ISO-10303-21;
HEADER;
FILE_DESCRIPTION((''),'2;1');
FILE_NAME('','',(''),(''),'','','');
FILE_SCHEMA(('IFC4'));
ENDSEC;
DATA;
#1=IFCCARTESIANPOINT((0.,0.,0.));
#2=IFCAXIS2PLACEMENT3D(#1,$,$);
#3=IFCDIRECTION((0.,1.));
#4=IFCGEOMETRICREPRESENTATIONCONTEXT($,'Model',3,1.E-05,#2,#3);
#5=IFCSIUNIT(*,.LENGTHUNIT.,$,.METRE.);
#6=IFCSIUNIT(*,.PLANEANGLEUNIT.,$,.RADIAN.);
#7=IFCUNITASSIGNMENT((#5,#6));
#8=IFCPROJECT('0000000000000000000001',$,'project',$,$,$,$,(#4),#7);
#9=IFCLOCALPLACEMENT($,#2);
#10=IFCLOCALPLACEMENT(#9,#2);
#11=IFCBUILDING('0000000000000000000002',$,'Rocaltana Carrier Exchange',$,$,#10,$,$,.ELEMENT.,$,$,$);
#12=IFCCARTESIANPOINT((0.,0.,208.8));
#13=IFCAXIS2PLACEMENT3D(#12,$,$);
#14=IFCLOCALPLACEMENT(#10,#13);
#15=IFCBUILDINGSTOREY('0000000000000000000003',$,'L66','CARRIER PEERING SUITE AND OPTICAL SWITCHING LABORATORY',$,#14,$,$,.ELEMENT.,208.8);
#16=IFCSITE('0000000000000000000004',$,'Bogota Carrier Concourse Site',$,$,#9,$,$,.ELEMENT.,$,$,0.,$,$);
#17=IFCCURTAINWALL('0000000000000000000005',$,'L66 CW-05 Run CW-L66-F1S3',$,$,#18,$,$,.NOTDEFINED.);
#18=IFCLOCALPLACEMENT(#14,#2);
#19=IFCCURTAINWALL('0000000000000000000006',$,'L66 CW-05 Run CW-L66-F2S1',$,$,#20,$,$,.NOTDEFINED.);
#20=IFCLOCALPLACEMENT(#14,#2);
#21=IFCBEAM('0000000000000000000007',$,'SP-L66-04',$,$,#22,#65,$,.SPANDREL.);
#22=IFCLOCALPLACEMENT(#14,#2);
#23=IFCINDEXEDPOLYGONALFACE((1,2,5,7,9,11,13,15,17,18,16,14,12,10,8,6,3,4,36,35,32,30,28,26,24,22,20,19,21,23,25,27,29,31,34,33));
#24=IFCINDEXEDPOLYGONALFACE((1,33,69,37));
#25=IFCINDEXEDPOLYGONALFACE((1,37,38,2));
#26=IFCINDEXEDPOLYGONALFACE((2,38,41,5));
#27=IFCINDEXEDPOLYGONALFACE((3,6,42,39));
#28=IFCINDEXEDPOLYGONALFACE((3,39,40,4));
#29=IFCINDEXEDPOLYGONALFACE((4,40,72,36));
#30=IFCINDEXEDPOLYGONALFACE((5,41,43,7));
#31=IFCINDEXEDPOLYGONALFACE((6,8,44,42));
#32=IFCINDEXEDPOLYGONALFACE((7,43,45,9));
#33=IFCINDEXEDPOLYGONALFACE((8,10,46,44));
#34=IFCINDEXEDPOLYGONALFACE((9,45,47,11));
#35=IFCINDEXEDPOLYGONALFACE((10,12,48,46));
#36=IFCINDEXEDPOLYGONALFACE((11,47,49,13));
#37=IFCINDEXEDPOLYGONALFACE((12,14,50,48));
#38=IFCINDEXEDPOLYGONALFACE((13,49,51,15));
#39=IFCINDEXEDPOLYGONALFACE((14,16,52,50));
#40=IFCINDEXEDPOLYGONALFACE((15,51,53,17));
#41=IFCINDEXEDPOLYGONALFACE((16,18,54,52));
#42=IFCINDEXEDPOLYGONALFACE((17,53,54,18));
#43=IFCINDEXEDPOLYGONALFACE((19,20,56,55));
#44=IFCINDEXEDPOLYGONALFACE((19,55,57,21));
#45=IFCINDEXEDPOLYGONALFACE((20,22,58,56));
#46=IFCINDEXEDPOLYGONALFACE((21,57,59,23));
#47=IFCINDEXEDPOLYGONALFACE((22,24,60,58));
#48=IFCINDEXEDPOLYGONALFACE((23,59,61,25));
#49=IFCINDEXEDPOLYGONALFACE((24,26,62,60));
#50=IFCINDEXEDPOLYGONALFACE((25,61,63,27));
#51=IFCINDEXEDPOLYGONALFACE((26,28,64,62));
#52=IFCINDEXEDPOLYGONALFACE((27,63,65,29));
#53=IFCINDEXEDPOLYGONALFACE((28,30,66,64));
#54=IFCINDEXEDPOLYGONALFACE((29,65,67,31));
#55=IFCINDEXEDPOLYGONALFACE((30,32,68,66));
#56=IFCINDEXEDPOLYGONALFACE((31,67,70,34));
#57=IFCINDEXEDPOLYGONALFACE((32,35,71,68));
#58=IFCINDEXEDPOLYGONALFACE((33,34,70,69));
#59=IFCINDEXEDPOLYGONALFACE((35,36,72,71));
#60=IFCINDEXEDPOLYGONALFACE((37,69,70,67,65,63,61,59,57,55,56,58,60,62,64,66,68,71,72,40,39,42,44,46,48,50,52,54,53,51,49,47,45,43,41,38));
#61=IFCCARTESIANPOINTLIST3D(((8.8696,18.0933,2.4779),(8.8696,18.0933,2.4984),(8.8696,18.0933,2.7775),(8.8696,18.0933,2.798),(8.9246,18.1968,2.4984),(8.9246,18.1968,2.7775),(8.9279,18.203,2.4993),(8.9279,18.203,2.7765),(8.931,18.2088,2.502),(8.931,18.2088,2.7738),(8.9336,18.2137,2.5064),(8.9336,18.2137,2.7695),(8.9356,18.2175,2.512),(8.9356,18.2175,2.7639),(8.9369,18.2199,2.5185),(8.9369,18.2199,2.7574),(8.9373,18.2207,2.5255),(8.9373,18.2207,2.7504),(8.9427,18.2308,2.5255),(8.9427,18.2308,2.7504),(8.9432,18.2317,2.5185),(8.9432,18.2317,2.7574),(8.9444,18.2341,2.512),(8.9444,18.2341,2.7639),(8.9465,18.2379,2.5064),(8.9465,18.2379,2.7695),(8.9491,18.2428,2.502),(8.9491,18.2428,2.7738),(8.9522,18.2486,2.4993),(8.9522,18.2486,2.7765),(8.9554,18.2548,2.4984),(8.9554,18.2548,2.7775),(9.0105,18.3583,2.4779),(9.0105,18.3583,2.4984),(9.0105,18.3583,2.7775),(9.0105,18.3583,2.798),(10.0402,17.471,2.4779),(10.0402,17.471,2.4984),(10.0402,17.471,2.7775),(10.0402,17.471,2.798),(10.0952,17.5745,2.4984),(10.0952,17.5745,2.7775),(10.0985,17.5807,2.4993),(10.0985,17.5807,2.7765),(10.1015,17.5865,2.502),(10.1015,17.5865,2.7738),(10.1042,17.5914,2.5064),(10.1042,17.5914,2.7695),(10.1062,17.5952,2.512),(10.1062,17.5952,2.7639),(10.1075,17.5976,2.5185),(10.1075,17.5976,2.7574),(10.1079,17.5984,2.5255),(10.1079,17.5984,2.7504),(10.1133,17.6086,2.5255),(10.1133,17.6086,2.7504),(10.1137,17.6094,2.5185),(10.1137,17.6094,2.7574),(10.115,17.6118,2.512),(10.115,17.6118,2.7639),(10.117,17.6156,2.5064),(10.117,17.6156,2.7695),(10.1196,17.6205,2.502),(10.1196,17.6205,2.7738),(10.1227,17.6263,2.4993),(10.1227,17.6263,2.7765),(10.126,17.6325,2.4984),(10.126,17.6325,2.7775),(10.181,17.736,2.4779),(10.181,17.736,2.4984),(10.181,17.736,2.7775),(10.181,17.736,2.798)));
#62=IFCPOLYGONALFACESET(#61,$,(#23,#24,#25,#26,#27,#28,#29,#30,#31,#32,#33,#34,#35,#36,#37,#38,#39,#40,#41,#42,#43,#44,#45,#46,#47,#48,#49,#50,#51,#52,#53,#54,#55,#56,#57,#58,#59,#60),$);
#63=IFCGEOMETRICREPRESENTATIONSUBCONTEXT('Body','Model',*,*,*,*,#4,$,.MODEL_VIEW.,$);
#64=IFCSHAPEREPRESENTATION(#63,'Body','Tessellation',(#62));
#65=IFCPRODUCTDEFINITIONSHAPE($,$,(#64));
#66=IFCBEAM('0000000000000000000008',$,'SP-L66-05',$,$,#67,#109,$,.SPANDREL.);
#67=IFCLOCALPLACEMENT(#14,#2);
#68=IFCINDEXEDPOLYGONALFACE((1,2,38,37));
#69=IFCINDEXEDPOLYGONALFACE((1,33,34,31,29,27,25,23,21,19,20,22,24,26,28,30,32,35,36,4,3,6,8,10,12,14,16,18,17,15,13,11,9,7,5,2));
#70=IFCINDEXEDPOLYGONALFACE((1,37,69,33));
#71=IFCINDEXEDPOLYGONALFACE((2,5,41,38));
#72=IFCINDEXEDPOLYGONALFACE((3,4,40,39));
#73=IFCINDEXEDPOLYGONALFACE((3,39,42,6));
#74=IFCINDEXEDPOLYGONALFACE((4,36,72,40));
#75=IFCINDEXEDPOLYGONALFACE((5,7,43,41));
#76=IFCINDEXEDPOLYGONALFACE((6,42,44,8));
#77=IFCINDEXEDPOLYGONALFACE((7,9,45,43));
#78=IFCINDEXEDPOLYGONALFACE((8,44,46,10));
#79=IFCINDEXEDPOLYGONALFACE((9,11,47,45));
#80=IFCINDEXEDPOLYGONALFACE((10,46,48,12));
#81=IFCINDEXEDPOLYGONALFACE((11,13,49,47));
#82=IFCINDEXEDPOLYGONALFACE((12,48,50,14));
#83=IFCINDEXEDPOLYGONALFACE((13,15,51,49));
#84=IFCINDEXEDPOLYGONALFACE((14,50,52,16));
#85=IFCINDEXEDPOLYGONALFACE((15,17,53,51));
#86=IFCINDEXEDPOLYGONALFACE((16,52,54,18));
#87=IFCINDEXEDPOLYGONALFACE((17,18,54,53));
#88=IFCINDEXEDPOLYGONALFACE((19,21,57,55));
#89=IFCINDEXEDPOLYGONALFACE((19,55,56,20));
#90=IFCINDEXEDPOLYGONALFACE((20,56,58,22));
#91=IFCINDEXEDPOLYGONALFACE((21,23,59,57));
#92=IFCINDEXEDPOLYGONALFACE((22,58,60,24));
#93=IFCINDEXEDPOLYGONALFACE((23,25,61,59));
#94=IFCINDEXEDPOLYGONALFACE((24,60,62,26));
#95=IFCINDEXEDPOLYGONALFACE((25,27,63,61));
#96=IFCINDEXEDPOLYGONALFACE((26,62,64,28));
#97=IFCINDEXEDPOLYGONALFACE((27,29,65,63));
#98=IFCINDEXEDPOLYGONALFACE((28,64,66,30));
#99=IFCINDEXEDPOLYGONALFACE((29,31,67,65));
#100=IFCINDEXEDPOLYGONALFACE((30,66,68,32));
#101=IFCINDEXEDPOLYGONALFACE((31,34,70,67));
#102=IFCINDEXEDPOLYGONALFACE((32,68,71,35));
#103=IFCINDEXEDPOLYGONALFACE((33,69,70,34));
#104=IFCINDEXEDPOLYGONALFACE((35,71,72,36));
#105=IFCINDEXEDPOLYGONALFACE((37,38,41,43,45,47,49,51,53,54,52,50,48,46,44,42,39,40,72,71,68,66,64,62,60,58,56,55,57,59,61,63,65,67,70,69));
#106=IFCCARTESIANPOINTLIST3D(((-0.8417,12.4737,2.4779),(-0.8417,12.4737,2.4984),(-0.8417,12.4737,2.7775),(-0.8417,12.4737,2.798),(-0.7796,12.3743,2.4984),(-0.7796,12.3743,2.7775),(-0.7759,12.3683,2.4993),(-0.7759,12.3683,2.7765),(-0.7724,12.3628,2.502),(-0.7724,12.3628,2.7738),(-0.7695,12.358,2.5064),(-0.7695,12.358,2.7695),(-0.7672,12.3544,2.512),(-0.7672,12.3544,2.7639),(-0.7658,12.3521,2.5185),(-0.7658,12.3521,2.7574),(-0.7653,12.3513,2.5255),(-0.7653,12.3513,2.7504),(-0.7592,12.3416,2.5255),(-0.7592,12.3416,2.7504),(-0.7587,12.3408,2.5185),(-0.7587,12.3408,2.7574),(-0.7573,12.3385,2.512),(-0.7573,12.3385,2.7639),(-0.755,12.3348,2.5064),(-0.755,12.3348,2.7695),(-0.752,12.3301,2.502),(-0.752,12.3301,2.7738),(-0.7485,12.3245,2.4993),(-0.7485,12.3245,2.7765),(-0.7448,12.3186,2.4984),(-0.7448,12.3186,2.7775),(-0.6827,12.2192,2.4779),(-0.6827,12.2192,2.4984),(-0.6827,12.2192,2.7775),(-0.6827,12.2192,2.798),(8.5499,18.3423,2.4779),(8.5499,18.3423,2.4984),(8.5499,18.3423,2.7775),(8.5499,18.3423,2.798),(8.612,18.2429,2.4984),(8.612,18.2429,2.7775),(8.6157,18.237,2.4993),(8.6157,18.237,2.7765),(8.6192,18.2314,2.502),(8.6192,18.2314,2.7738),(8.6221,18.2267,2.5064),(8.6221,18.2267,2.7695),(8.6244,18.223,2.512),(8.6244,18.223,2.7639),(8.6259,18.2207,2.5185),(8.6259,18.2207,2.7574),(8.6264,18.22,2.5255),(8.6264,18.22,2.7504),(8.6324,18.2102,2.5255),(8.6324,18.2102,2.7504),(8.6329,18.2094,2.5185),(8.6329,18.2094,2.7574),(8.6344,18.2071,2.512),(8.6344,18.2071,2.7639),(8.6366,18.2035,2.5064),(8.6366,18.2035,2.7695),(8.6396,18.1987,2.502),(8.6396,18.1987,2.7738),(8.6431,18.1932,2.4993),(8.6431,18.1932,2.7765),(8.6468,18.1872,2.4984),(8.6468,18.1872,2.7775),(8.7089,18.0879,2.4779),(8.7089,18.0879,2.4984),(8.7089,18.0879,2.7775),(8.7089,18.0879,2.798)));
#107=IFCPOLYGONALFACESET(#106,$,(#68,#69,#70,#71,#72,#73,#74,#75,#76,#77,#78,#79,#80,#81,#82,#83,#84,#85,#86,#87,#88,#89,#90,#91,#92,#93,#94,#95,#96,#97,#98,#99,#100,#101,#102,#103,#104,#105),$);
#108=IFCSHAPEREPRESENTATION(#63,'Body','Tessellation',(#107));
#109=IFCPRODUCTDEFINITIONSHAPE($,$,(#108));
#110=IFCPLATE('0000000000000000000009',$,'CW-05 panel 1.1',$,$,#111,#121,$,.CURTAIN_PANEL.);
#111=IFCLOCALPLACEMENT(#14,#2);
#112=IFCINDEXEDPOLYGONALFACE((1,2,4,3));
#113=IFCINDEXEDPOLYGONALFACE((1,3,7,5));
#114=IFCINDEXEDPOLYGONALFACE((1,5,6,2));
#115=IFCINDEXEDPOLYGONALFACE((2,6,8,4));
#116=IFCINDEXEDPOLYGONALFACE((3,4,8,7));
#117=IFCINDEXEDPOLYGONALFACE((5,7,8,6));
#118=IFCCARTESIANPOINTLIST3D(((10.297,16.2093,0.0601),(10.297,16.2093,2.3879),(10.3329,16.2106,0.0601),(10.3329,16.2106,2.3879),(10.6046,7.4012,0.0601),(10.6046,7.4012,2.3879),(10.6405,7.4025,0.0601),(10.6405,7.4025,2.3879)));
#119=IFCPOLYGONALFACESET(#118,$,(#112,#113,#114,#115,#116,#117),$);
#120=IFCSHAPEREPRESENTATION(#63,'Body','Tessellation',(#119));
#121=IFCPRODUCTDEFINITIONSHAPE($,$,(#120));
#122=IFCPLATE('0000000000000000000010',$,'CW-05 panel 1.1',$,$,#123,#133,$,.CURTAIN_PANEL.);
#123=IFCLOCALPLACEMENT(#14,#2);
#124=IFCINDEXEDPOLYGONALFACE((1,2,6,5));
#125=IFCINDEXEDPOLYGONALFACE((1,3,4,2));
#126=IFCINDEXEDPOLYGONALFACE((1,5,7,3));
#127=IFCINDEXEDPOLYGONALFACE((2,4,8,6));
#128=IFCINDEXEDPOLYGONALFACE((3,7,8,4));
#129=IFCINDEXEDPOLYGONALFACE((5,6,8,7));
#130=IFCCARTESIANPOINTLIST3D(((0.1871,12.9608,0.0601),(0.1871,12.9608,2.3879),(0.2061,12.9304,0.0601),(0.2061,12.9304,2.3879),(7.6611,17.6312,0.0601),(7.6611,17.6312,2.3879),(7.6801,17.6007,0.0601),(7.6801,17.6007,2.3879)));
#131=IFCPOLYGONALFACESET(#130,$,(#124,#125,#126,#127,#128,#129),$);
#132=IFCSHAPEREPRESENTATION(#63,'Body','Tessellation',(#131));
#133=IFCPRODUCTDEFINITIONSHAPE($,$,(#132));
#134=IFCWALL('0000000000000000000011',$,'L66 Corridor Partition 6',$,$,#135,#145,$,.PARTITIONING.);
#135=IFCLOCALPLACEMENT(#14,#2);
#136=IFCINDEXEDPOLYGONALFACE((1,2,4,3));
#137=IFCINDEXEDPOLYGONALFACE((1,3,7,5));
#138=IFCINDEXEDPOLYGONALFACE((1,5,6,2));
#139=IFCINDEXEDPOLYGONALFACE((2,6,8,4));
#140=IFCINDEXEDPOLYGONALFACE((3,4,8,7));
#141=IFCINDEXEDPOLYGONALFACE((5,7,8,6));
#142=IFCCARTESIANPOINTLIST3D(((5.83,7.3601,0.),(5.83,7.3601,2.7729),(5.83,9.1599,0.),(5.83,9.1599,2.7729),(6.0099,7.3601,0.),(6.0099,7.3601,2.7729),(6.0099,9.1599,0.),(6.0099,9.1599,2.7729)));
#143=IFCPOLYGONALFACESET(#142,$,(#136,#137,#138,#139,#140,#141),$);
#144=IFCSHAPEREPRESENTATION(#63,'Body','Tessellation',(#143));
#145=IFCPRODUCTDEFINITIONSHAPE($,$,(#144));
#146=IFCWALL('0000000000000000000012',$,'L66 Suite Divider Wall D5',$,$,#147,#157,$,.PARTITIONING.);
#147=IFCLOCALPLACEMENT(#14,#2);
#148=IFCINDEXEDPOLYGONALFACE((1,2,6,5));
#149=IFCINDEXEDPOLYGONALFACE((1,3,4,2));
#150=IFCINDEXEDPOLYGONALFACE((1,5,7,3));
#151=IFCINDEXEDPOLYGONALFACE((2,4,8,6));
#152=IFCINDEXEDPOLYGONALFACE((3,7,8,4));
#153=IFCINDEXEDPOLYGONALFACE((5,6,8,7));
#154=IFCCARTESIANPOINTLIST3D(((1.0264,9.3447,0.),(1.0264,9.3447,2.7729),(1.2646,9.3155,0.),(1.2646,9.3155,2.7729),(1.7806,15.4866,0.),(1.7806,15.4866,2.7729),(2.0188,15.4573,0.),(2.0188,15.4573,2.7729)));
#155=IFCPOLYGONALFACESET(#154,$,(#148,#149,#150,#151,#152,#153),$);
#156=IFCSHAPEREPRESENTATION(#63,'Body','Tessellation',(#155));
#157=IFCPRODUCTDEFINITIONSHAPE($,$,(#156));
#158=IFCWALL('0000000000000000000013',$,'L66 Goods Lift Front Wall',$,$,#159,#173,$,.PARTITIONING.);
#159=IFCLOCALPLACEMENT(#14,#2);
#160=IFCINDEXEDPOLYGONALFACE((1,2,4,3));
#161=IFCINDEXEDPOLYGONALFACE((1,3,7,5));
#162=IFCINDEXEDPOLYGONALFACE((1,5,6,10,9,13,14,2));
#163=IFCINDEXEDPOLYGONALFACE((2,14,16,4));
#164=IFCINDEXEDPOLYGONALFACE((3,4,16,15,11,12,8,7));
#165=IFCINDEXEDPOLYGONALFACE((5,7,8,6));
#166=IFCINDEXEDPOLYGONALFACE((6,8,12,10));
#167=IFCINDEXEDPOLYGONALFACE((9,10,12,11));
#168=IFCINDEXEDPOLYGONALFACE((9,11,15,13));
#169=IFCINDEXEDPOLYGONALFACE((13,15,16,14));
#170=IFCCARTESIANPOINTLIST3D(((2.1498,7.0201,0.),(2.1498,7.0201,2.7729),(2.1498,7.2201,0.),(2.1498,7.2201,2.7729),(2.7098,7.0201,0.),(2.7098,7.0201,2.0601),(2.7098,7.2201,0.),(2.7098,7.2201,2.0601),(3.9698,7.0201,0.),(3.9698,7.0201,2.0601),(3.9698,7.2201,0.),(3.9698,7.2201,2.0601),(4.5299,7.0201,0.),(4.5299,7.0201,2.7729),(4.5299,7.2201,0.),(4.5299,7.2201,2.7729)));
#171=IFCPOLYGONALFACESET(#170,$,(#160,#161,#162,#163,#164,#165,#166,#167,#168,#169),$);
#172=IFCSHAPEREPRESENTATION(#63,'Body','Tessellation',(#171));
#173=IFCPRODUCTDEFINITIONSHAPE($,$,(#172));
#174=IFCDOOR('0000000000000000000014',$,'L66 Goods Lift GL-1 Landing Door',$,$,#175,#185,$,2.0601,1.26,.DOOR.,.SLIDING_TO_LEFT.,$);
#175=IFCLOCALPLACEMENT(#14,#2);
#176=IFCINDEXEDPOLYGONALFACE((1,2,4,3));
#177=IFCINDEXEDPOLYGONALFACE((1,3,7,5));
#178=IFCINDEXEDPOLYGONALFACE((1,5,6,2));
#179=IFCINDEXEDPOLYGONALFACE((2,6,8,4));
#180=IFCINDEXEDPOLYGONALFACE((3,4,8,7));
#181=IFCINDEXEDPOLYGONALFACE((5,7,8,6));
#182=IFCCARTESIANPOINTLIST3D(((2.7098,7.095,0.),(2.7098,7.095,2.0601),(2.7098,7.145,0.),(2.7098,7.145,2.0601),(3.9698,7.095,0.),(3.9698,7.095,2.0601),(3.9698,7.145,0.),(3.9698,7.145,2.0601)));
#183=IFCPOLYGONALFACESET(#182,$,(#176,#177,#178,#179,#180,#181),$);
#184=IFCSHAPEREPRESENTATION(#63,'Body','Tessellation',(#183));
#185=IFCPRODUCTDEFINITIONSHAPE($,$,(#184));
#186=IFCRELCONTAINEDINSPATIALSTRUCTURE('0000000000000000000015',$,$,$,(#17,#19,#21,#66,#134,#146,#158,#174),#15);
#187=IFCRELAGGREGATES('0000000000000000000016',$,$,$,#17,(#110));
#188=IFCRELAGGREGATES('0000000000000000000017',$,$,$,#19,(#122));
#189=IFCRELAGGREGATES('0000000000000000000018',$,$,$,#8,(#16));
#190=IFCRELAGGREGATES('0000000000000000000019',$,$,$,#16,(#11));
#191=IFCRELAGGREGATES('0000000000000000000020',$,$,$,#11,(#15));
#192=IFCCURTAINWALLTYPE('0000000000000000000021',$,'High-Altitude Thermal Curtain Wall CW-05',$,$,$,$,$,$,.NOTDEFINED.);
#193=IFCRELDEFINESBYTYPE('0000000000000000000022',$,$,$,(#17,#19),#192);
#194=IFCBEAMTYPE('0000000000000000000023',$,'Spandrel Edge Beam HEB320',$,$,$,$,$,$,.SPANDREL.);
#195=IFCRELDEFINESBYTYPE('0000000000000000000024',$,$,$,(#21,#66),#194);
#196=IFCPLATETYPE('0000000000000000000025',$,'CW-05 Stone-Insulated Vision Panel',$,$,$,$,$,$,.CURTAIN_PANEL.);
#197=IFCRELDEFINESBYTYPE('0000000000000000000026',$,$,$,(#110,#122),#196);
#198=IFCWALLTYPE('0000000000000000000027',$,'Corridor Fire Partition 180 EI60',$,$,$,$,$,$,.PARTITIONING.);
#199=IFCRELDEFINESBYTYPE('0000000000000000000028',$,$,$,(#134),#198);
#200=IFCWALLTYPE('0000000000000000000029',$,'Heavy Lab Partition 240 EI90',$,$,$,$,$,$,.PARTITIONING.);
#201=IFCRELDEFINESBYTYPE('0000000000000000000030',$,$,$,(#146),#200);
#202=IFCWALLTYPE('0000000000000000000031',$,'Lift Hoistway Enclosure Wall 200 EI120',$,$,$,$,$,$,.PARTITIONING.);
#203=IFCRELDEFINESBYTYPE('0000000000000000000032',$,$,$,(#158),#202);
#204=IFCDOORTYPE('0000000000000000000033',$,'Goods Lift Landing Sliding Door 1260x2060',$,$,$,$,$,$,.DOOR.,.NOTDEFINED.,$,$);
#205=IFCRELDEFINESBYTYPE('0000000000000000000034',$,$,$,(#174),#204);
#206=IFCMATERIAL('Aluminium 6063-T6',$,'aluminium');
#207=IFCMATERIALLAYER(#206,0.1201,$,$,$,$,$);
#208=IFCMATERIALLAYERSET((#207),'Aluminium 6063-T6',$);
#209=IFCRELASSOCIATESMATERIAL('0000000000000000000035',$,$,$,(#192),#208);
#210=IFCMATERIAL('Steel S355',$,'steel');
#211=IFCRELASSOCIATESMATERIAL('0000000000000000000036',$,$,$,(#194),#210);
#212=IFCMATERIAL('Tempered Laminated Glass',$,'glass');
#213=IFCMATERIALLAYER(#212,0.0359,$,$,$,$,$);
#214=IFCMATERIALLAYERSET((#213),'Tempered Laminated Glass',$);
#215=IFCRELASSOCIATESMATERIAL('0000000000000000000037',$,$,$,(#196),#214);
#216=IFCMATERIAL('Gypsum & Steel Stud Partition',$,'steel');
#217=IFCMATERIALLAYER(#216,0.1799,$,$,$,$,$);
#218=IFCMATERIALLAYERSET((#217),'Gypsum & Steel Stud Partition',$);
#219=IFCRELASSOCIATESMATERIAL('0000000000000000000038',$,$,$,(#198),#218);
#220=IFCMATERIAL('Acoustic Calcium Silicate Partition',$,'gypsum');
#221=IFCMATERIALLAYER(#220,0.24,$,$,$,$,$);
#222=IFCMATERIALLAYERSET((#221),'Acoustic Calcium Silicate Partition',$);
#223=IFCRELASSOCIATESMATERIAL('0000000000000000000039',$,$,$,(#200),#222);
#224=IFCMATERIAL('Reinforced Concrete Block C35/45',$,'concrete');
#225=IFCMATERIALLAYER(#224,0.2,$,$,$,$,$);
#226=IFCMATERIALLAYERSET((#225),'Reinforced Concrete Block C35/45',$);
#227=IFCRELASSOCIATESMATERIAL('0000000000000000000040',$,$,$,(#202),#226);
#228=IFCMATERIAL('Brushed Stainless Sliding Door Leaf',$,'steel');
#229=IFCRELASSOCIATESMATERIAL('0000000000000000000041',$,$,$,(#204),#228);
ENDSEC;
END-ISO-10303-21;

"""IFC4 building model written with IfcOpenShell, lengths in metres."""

from ifc_helpers import new_model, si_unit, direction, frame, frame_2d, origin, origin_2d, place, context, subcontext, project, spatial, rectangle, i_section, extrude, material, layer, layer_set, material_profile, profile_set, type_object, element, fill, aggregate, save


model = new_model("IFC4")

# Units and contexts
model_context = context("Model", 3, precision=1e-05, world=origin(), true_north=direction((0.0, 1.0)))
body_context = subcontext(model_context, "Body", "Model", "MODEL_VIEW")
ifc_project = project(units=[si_unit("LENGTHUNIT", "METRE"), si_unit("PLANEANGLEUNIT", "RADIAN")], contexts=[model_context])

# Site, building, storey
site_placement = place(None, origin())
site = spatial("IfcSite", under=ifc_project, at=site_placement, Name="Bogota Carrier Concourse Site", CompositionType="ELEMENT", RefElevation=0.0)
building_placement = place(site_placement, origin())
building = spatial("IfcBuilding", under=site, at=building_placement, Name="Rocaltana Carrier Exchange", CompositionType="ELEMENT")
storey_placement = place(building_placement, frame((0.0, 0.0, 208.8)))
storey = spatial("IfcBuildingStorey", under=building, at=storey_placement, Name="L66", Description="CARRIER PEERING SUITE AND OPTICAL SWITCHING LABORATORY", CompositionType="ELEMENT", Elevation=208.8)

# Curtain walls
ifc_material_1 = material(Name="Aluminium 6063-T6", Category="aluminium")
ifc_layer_1 = layer(ifc_material_1, 0.1201)
ifc_layer_set_1 = layer_set([ifc_layer_1], Name="Aluminium 6063-T6")
curtain_wall_type = type_object("IfcCurtainWallType", Name="High-Altitude Thermal Curtain Wall CW-05", PredefinedType="NOTDEFINED", material=ifc_layer_set_1)
curtain_wall_1_placement = place(storey_placement, origin())
curtain_wall_1 = element("IfcCurtainWall", 1, at=curtain_wall_1_placement, inside=storey, type_object=curtain_wall_type, Name="L66 CW-05 Run CW-L66-F1S3", PredefinedType="NOTDEFINED")
curtain_wall_2_placement = place(storey_placement, origin())
curtain_wall_2 = element("IfcCurtainWall", 2, at=curtain_wall_2_placement, inside=storey, type_object=curtain_wall_type, Name="L66 CW-05 Run CW-L66-F2S1", PredefinedType="NOTDEFINED")

# Beams
ifc_material_2 = material(Name="Steel S355", Category="steel")
ifc_material_profile_1 = material_profile(ifc_material_2, i_section(OverallWidth=0.3, OverallDepth=0.3201, WebThickness=0.0115, FlangeThickness=0.0205, FilletRadius=0.0271, at=origin_2d()), Name="HEB320")
ifc_profile_set_1 = profile_set([ifc_material_profile_1], Name="Steel S355")
beam_type_1 = type_object("IfcBeamType", Name="Spandrel Edge Beam HEB320", PredefinedType="SPANDREL", material=ifc_profile_set_1)
beam_1_placement = place(storey_placement, frame((10.1106, 17.6035, 2.6379), z_axis=(-0.882989, 0.469393, 0.0), x_axis=(-0.469393, -0.882989, 0.0)))
element("IfcBeam", 3, at=beam_1_placement, inside=storey, type_object=beam_type_1, Name="SP-L66-04", PredefinedType="SPANDREL", context=body_context, shape_type="SweptSolid", body=[
    extrude(i_section(OverallWidth=0.3, OverallDepth=0.3201, WebThickness=0.0115, FlangeThickness=0.0205, FilletRadius=0.0271, at=origin_2d()), origin(), (0.0, 0.0, 1.0), 1.3257),
])
beam_2_placement = place(storey_placement, frame((8.6294, 18.2151, 2.6379), z_axis=(-0.848043, -0.529928, 0.0), x_axis=(0.529928, -0.848043, 0.0)))
element("IfcBeam", 4, at=beam_2_placement, inside=storey, type_object=beam_type_1, Name="SP-L66-05", PredefinedType="SPANDREL", context=body_context, shape_type="SweptSolid", body=[
    extrude(i_section(OverallWidth=0.3, OverallDepth=0.3201, WebThickness=0.0115, FlangeThickness=0.0205, FilletRadius=0.0271, at=origin_2d()), origin(), (0.0, 0.0, 1.0), 11.0745),
])

# Plates
ifc_material_3 = material(Name="Tempered Laminated Glass", Category="glass")
ifc_layer_2 = layer(ifc_material_3, 0.0359)
ifc_layer_set_2 = layer_set([ifc_layer_2], Name="Tempered Laminated Glass")
plate_type = type_object("IfcPlateType", Name="CW-05 Stone-Insulated Vision Panel", PredefinedType="CURTAIN_PANEL", material=ifc_layer_set_2)
plate_1_placement = place(storey_placement, frame((10.4688, 11.8059, 0.0601), z_axis=(0.0, 0.0, 1.0), x_axis=(-0.034903, 0.999391, 0.0)))
plate_1 = element("IfcPlate", 5, at=plate_1_placement, type_object=plate_type, Name="CW-05 panel 1.1", PredefinedType="CURTAIN_PANEL", context=body_context, shape_type="SweptSolid", body=[
    extrude(rectangle(XDim=8.8135, YDim=0.0359, at=origin_2d()), origin(), (0.0, 0.0, 1.0), 2.3279),
])
aggregate(curtain_wall_1, [plate_1])
plate_2_placement = place(storey_placement, frame((3.9336, 15.2808, 0.0601), z_axis=(0.0, 0.0, 1.0), x_axis=(-0.848042, -0.529929, 0.0)))
plate_2 = element("IfcPlate", 6, at=plate_2_placement, type_object=plate_type, Name="CW-05 panel 1.1", PredefinedType="CURTAIN_PANEL", context=body_context, shape_type="SweptSolid", body=[
    extrude(rectangle(XDim=8.8132, YDim=0.0359, at=origin_2d()), origin(), (0.0, 0.0, 1.0), 2.3279),
])
aggregate(curtain_wall_2, [plate_2])

# Walls
ifc_material_4 = material(Name="Gypsum & Steel Stud Partition", Category="steel")
ifc_layer_3 = layer(ifc_material_4, 0.1799)
ifc_layer_set_3 = layer_set([ifc_layer_3], Name="Gypsum & Steel Stud Partition")
wall_type_1 = type_object("IfcWallType", Name="Corridor Fire Partition 180 EI60", PredefinedType="PARTITIONING", material=ifc_layer_set_3)
wall_1_placement = place(storey_placement, frame((5.9199, 9.1599, 0.0), z_axis=(0.0, 0.0, 1.0), x_axis=(0.0, -1.0, 0.0)))
element("IfcWall", 7, at=wall_1_placement, inside=storey, type_object=wall_type_1, Name="L66 Corridor Partition 6", PredefinedType="PARTITIONING", context=body_context, shape_type="SweptSolid", body=[
    extrude(rectangle(XDim=1.7998, YDim=0.1799, at=frame_2d((0.8999, 0.0))), origin(), (0.0, 0.0, 1.0), 2.7729),
])
ifc_material_5 = material(Name="Acoustic Calcium Silicate Partition", Category="gypsum")
ifc_layer_4 = layer(ifc_material_5, 0.24)
ifc_layer_set_4 = layer_set([ifc_layer_4], Name="Acoustic Calcium Silicate Partition")
wall_type_2 = type_object("IfcWallType", Name="Heavy Lab Partition 240 EI90", PredefinedType="PARTITIONING", material=ifc_layer_set_4)
wall_2_placement = place(storey_placement, frame((1.1455, 9.3301, 0.0), z_axis=(0.0, 0.0, 1.0), x_axis=(0.121874, 0.992546, 0.0)))
element("IfcWall", 8, at=wall_2_placement, inside=storey, type_object=wall_type_2, Name="L66 Suite Divider Wall D5", PredefinedType="PARTITIONING", context=body_context, shape_type="SweptSolid", body=[
    extrude(rectangle(XDim=6.188, YDim=0.24, at=frame_2d((3.094, 0.0))), origin(), (0.0, 0.0, 1.0), 2.7729),
])

# Wall, opening, door
ifc_material_6 = material(Name="Reinforced Concrete Block C35/45", Category="concrete")
ifc_layer_5 = layer(ifc_material_6, 0.2)
ifc_layer_set_5 = layer_set([ifc_layer_5], Name="Reinforced Concrete Block C35/45")
wall_type_3 = type_object("IfcWallType", Name="Lift Hoistway Enclosure Wall 200 EI120", PredefinedType="PARTITIONING", material=ifc_layer_set_5)
wall_3_placement = place(storey_placement, frame((2.1499, 7.1201, 0.0), z_axis=(0.0, 0.0, 1.0), x_axis=(1.0, 0.0, 0.0)))
wall_3 = element("IfcWall", 9, at=wall_3_placement, inside=storey, type_object=wall_type_3, Name="L66 Goods Lift Front Wall", PredefinedType="PARTITIONING", context=body_context, shape_type="SweptSolid", body=[
    extrude(rectangle(XDim=2.3801, YDim=0.2, at=frame_2d((1.1899, 0.0))), origin(), (0.0, 0.0, 1.0), 2.7729),
])
opening_1_placement = place(wall_3_placement, frame((0.5601, 0.0, 0.0)))
opening_1 = element("IfcOpeningElement", 10, at=opening_1_placement, cuts=wall_3, PredefinedType="OPENING", context=body_context, shape_type="SweptSolid", body=[
    extrude(rectangle(XDim=1.26, YDim=2.0601, at=frame_2d((0.6299, 1.03))), frame((0.0, 0.1099, 0.0), z_axis=(0.0, -1.0, 0.0), x_axis=(1.0, 0.0, 0.0)), (0.0, 0.0, 1.0), 0.22),
])
ifc_material_7 = material(Name="Brushed Stainless Sliding Door Leaf", Category="steel")
door_type_1 = type_object("IfcDoorType", Name="Goods Lift Landing Sliding Door 1260x2060", OperationType="NOTDEFINED", PredefinedType="DOOR", material=ifc_material_7)
door_1_placement = place(opening_1_placement, origin())
door_1 = element("IfcDoor", 11, at=door_1_placement, inside=storey, type_object=door_type_1, Name="L66 Goods Lift GL-1 Landing Door", OperationType="SLIDING_TO_LEFT", OverallHeight=2.0601, OverallWidth=1.26, PredefinedType="DOOR", context=body_context, shape_type="SweptSolid", body=[
    extrude(rectangle(XDim=1.26, YDim=2.0601, at=frame_2d((0.6299, 1.03))), frame((0.0, 0.0249, 0.0), z_axis=(0.0, -1.0, 0.0), x_axis=(1.0, 0.0, 0.0)), (0.0, 0.0, 1.0), 0.05),
])
fill(opening_1, door_1)

save(model, "model.ifc")
